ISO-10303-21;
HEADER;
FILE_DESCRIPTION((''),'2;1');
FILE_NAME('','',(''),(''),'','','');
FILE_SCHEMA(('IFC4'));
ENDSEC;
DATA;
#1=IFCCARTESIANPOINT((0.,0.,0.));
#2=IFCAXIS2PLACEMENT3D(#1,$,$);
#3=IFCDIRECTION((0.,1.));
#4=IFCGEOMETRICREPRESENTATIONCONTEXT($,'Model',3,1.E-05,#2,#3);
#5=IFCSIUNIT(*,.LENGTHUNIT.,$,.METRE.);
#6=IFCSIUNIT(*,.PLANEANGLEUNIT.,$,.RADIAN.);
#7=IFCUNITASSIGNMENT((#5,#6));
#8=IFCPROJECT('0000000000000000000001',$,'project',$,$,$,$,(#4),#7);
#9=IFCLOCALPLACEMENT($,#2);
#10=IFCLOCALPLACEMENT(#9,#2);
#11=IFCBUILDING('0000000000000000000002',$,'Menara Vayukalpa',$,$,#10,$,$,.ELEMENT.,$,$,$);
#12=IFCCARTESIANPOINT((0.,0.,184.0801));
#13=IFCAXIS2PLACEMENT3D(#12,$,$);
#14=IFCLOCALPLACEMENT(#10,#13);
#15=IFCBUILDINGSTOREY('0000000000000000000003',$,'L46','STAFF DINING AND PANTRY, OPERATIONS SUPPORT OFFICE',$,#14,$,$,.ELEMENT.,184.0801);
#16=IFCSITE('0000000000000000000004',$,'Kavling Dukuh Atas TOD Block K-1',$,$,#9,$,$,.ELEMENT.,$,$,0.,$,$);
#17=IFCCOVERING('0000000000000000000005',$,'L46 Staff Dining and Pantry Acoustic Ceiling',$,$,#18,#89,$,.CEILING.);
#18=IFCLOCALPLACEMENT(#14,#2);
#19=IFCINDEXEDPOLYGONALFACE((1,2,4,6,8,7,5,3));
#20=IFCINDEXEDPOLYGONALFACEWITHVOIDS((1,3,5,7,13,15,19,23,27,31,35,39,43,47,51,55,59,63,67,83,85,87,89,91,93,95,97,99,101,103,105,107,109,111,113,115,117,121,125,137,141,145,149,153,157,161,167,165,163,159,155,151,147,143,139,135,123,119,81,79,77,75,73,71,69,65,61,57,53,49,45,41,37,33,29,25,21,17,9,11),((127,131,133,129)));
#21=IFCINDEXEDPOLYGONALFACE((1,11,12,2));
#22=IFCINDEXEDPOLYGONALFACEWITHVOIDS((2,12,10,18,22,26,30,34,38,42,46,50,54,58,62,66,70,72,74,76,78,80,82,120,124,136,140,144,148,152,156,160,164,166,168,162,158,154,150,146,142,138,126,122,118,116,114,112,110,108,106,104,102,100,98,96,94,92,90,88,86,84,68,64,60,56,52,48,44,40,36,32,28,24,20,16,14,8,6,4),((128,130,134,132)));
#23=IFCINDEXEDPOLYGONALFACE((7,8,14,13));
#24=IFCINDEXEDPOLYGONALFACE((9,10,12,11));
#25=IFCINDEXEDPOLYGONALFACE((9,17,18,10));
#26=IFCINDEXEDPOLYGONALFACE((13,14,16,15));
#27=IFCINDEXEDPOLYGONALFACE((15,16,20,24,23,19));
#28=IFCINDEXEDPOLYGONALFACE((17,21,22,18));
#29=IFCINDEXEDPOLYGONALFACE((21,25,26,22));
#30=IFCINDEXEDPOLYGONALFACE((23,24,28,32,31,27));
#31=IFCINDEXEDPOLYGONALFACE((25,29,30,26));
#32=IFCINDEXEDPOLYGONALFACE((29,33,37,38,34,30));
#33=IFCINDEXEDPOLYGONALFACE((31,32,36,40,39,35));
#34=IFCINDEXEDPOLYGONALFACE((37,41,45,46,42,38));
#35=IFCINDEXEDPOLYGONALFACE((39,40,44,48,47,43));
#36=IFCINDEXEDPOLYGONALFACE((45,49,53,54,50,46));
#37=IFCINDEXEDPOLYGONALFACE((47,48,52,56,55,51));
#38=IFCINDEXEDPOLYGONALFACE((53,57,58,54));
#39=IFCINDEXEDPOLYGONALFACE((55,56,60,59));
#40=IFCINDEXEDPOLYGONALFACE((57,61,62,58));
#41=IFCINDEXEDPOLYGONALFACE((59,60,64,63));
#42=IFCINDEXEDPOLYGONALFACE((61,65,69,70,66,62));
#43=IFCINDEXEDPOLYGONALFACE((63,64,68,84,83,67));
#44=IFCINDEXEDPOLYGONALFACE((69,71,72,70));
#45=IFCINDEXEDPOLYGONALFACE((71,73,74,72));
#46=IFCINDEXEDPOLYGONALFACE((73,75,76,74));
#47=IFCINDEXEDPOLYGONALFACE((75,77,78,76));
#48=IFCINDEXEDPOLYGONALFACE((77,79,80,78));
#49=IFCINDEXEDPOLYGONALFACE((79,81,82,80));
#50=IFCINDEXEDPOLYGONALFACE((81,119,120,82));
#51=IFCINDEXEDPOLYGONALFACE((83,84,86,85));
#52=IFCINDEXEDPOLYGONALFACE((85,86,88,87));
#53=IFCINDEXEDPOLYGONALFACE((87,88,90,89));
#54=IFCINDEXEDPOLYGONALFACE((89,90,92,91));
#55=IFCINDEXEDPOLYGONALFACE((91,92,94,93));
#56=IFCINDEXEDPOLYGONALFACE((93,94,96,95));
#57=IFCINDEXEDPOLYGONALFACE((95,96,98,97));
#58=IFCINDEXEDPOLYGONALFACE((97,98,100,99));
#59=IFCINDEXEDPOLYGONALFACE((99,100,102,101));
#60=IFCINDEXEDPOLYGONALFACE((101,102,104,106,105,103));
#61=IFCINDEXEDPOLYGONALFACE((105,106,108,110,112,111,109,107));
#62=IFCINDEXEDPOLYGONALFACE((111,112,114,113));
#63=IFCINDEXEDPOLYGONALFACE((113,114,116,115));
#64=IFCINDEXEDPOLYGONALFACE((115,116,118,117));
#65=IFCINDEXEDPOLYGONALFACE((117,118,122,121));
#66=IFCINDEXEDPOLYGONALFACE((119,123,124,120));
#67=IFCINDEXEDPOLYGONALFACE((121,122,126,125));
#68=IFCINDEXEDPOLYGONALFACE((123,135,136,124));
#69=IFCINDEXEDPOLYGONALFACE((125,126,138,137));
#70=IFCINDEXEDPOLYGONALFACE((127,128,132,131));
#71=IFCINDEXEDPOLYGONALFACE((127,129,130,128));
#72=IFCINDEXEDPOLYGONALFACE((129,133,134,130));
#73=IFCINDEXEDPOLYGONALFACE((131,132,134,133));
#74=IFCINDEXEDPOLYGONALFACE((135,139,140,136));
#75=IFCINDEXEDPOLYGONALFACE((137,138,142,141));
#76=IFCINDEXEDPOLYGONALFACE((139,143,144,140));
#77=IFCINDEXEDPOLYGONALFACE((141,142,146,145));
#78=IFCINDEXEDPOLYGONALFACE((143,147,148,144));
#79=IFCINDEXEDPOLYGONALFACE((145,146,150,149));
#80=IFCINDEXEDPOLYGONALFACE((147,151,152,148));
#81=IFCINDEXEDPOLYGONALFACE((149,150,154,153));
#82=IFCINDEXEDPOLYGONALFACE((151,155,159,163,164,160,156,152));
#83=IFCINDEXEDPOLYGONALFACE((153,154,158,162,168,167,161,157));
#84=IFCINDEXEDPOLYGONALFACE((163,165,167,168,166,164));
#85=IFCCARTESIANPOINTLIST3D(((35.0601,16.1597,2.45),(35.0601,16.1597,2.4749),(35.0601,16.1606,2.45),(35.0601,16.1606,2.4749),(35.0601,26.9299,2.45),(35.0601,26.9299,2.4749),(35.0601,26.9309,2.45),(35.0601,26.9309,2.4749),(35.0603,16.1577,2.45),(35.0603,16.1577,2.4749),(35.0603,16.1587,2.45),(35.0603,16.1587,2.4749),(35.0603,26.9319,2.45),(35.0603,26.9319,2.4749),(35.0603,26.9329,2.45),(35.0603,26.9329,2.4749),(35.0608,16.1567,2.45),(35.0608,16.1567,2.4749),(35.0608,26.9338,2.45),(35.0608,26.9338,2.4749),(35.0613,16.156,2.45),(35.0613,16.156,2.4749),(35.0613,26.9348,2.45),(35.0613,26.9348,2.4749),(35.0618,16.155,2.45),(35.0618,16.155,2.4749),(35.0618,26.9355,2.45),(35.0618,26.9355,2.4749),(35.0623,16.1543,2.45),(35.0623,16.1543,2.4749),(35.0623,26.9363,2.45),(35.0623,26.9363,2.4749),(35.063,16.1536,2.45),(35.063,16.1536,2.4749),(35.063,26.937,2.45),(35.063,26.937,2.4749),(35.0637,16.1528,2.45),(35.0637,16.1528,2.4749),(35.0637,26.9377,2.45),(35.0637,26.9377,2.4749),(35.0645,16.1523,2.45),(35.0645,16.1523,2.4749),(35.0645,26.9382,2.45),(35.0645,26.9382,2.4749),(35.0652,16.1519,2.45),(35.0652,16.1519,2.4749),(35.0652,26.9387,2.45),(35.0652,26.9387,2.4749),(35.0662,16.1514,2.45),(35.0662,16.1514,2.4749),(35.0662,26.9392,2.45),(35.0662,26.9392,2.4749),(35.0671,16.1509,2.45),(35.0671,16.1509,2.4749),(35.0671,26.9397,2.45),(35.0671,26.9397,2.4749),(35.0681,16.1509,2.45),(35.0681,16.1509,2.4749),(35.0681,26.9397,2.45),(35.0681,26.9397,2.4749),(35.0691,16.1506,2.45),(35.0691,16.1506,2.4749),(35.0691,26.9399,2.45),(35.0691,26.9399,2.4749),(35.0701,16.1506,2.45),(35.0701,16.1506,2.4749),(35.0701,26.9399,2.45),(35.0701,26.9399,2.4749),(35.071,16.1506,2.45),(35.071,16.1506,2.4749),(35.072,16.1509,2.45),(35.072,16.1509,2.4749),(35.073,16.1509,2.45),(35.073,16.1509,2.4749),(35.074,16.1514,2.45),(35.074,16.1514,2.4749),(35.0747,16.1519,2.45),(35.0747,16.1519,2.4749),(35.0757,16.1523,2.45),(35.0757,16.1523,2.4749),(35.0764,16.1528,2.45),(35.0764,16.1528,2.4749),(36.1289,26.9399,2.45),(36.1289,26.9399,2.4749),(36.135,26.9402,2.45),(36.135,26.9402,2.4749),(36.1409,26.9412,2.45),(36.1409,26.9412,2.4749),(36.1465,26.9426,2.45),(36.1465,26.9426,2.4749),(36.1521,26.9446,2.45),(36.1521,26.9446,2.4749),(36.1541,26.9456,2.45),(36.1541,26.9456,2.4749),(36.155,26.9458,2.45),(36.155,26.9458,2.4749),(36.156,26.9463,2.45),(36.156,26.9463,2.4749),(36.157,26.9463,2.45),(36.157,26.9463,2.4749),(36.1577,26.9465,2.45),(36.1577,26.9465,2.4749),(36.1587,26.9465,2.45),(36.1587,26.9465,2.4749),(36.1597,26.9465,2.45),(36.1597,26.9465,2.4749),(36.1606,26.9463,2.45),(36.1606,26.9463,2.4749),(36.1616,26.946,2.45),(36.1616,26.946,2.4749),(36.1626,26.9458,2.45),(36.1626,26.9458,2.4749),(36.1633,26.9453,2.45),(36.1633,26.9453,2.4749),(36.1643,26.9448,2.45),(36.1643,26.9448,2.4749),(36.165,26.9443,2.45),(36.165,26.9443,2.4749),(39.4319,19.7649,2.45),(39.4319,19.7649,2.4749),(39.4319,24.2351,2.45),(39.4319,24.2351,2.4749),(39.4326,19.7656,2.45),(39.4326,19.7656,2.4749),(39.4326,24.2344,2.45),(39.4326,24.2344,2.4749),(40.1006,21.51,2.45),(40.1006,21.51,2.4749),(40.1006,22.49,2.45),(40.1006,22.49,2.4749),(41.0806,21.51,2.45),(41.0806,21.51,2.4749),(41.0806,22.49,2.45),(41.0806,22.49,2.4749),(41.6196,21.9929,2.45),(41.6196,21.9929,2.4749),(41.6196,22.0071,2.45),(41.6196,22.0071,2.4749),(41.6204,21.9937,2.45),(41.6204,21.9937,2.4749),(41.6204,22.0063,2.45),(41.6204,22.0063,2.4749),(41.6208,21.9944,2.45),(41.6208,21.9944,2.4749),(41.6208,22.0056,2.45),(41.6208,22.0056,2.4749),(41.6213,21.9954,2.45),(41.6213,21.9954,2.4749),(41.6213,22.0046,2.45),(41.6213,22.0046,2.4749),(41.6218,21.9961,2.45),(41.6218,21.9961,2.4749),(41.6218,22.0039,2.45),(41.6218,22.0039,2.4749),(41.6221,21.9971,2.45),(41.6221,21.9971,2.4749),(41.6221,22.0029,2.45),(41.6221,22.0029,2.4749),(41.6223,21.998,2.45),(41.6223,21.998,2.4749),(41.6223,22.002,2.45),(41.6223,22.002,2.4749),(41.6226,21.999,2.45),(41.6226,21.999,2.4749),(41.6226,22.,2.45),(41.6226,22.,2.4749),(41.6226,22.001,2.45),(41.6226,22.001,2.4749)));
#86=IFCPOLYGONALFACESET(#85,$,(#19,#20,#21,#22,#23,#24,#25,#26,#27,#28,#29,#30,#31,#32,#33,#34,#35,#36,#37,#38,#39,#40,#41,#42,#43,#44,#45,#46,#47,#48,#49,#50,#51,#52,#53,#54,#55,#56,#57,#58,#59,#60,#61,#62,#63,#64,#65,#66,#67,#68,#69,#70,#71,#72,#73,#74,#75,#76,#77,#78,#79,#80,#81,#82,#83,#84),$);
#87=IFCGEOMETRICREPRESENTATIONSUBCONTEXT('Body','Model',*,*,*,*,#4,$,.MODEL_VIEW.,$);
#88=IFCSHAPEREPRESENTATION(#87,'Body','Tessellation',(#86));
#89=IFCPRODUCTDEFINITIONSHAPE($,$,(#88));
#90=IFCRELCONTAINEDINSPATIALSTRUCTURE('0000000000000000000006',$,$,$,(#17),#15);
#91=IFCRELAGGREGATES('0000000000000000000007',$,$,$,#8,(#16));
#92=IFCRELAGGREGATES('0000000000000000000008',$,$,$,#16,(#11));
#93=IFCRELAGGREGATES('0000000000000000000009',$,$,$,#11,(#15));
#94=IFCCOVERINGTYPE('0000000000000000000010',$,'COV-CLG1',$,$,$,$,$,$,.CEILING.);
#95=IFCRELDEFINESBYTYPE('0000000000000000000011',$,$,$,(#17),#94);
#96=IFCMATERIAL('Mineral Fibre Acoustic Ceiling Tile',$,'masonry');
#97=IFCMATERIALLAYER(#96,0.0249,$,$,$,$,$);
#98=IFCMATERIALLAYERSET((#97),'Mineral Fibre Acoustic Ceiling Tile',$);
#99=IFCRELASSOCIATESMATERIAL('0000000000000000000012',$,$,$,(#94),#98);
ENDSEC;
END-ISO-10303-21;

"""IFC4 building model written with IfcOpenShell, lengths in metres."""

from ifc_helpers import new_model, si_unit, direction, frame, origin, place, context, subcontext, project, spatial, polyline, outline, extrude, material, layer, layer_set, type_object, element, save


model = new_model("IFC4")

# Units and contexts
model_context = context("Model", 3, precision=1e-05, world=origin(), true_north=direction((0.0, 1.0)))
body_context = subcontext(model_context, "Body", "Model", "MODEL_VIEW")
ifc_project = project(units=[si_unit("LENGTHUNIT", "METRE"), si_unit("PLANEANGLEUNIT", "RADIAN")], contexts=[model_context])

# Site, building, storey
site_placement = place(None, origin())
site = spatial("IfcSite", under=ifc_project, at=site_placement, Name="Kavling Dukuh Atas TOD Block K-1", CompositionType="ELEMENT", RefElevation=0.0)
building_placement = place(site_placement, origin())
building = spatial("IfcBuilding", under=site, at=building_placement, Name="Menara Vayukalpa", CompositionType="ELEMENT")
storey_placement = place(building_placement, frame((0.0, 0.0, 184.0801)))
storey = spatial("IfcBuildingStorey", under=building, at=storey_placement, Name="L46", Description="STAFF DINING AND PANTRY, OPERATIONS SUPPORT OFFICE", CompositionType="ELEMENT", Elevation=184.0801)

# Covering
ifc_material_1 = material(Name="Mineral Fibre Acoustic Ceiling Tile", Category="masonry")
ifc_layer_1 = layer(ifc_material_1, 0.0249)
ifc_layer_set_1 = layer_set([ifc_layer_1], Name="Mineral Fibre Acoustic Ceiling Tile")
covering_type_1 = type_object("IfcCoveringType", Name="COV-CLG1", PredefinedType="CEILING", material=ifc_layer_set_1)
covering_1_placement = place(storey_placement, frame((0.0, 0.0, 2.45)))
element("IfcCovering", 1, at=covering_1_placement, inside=storey, type_object=covering_type_1, Name="L46 Staff Dining and Pantry Acoustic Ceiling", PredefinedType="CEILING", context=body_context, shape_type="SweptSolid", body=[
    extrude(outline(polyline([(41.6196, 22.0071), (41.6204, 22.0063), (41.6208, 22.0056), (41.6213, 22.0046), (41.6218, 22.0039), (41.6221, 22.0029), (41.6223, 22.002), (41.6226, 22.001), (41.6226, 22.0), (41.6226, 21.999), (41.6223, 21.998), (41.6221, 21.9971), (41.6218, 21.9961), (41.6213, 21.9954), (41.6208, 21.9944), (41.6204, 21.9937), (41.6196, 21.9929), (39.4326, 19.7656), (39.4319, 19.7649), (35.0764, 16.1528), (35.0757, 16.1523), (35.0747, 16.1519), (35.074, 16.1514), (35.073, 16.1509), (35.072, 16.1509), (35.071, 16.1506), (35.0701, 16.1506), (35.0691, 16.1506), (35.0681, 16.1509), (35.0671, 16.1509), (35.0662, 16.1514), (35.0652, 16.1519), (35.0645, 16.1523), (35.0637, 16.1528), (35.063, 16.1536), (35.0623, 16.1543), (35.0618, 16.155), (35.0613, 16.156), (35.0608, 16.1567), (35.0603, 16.1577), (35.0603, 16.1587), (35.0601, 16.1597), (35.0601, 16.1606), (35.0601, 26.9299), (35.0601, 26.9309), (35.0603, 26.9319), (35.0603, 26.9329), (35.0608, 26.9338), (35.0613, 26.9348), (35.0618, 26.9355), (35.0623, 26.9363), (35.063, 26.937), (35.0637, 26.9377), (35.0645, 26.9382), (35.0652, 26.9387), (35.0662, 26.9392), (35.0671, 26.9397), (35.0681, 26.9397), (35.0691, 26.9399), (35.0701, 26.9399), (36.1289, 26.9399), (36.135, 26.9402), (36.1409, 26.9412), (36.1465, 26.9426), (36.1521, 26.9446), (36.1541, 26.9456), (36.155, 26.9458), (36.156, 26.9463), (36.157, 26.9463), (36.1577, 26.9465), (36.1587, 26.9465), (36.1597, 26.9465), (36.1606, 26.9463), (36.1616, 26.946), (36.1626, 26.9458), (36.1633, 26.9453), (36.1643, 26.9448), (36.165, 26.9443), (39.4319, 24.2351), (39.4326, 24.2344), (41.6196, 22.0071)]), holes=[polyline([(41.0806, 22.49), (40.1006, 22.49), (40.1006, 21.51), (41.0806, 21.51), (41.0806, 22.49)])]), origin(), (0.0, 0.0, 1.0), 0.0249),
])

save(model, "model.ifc")
